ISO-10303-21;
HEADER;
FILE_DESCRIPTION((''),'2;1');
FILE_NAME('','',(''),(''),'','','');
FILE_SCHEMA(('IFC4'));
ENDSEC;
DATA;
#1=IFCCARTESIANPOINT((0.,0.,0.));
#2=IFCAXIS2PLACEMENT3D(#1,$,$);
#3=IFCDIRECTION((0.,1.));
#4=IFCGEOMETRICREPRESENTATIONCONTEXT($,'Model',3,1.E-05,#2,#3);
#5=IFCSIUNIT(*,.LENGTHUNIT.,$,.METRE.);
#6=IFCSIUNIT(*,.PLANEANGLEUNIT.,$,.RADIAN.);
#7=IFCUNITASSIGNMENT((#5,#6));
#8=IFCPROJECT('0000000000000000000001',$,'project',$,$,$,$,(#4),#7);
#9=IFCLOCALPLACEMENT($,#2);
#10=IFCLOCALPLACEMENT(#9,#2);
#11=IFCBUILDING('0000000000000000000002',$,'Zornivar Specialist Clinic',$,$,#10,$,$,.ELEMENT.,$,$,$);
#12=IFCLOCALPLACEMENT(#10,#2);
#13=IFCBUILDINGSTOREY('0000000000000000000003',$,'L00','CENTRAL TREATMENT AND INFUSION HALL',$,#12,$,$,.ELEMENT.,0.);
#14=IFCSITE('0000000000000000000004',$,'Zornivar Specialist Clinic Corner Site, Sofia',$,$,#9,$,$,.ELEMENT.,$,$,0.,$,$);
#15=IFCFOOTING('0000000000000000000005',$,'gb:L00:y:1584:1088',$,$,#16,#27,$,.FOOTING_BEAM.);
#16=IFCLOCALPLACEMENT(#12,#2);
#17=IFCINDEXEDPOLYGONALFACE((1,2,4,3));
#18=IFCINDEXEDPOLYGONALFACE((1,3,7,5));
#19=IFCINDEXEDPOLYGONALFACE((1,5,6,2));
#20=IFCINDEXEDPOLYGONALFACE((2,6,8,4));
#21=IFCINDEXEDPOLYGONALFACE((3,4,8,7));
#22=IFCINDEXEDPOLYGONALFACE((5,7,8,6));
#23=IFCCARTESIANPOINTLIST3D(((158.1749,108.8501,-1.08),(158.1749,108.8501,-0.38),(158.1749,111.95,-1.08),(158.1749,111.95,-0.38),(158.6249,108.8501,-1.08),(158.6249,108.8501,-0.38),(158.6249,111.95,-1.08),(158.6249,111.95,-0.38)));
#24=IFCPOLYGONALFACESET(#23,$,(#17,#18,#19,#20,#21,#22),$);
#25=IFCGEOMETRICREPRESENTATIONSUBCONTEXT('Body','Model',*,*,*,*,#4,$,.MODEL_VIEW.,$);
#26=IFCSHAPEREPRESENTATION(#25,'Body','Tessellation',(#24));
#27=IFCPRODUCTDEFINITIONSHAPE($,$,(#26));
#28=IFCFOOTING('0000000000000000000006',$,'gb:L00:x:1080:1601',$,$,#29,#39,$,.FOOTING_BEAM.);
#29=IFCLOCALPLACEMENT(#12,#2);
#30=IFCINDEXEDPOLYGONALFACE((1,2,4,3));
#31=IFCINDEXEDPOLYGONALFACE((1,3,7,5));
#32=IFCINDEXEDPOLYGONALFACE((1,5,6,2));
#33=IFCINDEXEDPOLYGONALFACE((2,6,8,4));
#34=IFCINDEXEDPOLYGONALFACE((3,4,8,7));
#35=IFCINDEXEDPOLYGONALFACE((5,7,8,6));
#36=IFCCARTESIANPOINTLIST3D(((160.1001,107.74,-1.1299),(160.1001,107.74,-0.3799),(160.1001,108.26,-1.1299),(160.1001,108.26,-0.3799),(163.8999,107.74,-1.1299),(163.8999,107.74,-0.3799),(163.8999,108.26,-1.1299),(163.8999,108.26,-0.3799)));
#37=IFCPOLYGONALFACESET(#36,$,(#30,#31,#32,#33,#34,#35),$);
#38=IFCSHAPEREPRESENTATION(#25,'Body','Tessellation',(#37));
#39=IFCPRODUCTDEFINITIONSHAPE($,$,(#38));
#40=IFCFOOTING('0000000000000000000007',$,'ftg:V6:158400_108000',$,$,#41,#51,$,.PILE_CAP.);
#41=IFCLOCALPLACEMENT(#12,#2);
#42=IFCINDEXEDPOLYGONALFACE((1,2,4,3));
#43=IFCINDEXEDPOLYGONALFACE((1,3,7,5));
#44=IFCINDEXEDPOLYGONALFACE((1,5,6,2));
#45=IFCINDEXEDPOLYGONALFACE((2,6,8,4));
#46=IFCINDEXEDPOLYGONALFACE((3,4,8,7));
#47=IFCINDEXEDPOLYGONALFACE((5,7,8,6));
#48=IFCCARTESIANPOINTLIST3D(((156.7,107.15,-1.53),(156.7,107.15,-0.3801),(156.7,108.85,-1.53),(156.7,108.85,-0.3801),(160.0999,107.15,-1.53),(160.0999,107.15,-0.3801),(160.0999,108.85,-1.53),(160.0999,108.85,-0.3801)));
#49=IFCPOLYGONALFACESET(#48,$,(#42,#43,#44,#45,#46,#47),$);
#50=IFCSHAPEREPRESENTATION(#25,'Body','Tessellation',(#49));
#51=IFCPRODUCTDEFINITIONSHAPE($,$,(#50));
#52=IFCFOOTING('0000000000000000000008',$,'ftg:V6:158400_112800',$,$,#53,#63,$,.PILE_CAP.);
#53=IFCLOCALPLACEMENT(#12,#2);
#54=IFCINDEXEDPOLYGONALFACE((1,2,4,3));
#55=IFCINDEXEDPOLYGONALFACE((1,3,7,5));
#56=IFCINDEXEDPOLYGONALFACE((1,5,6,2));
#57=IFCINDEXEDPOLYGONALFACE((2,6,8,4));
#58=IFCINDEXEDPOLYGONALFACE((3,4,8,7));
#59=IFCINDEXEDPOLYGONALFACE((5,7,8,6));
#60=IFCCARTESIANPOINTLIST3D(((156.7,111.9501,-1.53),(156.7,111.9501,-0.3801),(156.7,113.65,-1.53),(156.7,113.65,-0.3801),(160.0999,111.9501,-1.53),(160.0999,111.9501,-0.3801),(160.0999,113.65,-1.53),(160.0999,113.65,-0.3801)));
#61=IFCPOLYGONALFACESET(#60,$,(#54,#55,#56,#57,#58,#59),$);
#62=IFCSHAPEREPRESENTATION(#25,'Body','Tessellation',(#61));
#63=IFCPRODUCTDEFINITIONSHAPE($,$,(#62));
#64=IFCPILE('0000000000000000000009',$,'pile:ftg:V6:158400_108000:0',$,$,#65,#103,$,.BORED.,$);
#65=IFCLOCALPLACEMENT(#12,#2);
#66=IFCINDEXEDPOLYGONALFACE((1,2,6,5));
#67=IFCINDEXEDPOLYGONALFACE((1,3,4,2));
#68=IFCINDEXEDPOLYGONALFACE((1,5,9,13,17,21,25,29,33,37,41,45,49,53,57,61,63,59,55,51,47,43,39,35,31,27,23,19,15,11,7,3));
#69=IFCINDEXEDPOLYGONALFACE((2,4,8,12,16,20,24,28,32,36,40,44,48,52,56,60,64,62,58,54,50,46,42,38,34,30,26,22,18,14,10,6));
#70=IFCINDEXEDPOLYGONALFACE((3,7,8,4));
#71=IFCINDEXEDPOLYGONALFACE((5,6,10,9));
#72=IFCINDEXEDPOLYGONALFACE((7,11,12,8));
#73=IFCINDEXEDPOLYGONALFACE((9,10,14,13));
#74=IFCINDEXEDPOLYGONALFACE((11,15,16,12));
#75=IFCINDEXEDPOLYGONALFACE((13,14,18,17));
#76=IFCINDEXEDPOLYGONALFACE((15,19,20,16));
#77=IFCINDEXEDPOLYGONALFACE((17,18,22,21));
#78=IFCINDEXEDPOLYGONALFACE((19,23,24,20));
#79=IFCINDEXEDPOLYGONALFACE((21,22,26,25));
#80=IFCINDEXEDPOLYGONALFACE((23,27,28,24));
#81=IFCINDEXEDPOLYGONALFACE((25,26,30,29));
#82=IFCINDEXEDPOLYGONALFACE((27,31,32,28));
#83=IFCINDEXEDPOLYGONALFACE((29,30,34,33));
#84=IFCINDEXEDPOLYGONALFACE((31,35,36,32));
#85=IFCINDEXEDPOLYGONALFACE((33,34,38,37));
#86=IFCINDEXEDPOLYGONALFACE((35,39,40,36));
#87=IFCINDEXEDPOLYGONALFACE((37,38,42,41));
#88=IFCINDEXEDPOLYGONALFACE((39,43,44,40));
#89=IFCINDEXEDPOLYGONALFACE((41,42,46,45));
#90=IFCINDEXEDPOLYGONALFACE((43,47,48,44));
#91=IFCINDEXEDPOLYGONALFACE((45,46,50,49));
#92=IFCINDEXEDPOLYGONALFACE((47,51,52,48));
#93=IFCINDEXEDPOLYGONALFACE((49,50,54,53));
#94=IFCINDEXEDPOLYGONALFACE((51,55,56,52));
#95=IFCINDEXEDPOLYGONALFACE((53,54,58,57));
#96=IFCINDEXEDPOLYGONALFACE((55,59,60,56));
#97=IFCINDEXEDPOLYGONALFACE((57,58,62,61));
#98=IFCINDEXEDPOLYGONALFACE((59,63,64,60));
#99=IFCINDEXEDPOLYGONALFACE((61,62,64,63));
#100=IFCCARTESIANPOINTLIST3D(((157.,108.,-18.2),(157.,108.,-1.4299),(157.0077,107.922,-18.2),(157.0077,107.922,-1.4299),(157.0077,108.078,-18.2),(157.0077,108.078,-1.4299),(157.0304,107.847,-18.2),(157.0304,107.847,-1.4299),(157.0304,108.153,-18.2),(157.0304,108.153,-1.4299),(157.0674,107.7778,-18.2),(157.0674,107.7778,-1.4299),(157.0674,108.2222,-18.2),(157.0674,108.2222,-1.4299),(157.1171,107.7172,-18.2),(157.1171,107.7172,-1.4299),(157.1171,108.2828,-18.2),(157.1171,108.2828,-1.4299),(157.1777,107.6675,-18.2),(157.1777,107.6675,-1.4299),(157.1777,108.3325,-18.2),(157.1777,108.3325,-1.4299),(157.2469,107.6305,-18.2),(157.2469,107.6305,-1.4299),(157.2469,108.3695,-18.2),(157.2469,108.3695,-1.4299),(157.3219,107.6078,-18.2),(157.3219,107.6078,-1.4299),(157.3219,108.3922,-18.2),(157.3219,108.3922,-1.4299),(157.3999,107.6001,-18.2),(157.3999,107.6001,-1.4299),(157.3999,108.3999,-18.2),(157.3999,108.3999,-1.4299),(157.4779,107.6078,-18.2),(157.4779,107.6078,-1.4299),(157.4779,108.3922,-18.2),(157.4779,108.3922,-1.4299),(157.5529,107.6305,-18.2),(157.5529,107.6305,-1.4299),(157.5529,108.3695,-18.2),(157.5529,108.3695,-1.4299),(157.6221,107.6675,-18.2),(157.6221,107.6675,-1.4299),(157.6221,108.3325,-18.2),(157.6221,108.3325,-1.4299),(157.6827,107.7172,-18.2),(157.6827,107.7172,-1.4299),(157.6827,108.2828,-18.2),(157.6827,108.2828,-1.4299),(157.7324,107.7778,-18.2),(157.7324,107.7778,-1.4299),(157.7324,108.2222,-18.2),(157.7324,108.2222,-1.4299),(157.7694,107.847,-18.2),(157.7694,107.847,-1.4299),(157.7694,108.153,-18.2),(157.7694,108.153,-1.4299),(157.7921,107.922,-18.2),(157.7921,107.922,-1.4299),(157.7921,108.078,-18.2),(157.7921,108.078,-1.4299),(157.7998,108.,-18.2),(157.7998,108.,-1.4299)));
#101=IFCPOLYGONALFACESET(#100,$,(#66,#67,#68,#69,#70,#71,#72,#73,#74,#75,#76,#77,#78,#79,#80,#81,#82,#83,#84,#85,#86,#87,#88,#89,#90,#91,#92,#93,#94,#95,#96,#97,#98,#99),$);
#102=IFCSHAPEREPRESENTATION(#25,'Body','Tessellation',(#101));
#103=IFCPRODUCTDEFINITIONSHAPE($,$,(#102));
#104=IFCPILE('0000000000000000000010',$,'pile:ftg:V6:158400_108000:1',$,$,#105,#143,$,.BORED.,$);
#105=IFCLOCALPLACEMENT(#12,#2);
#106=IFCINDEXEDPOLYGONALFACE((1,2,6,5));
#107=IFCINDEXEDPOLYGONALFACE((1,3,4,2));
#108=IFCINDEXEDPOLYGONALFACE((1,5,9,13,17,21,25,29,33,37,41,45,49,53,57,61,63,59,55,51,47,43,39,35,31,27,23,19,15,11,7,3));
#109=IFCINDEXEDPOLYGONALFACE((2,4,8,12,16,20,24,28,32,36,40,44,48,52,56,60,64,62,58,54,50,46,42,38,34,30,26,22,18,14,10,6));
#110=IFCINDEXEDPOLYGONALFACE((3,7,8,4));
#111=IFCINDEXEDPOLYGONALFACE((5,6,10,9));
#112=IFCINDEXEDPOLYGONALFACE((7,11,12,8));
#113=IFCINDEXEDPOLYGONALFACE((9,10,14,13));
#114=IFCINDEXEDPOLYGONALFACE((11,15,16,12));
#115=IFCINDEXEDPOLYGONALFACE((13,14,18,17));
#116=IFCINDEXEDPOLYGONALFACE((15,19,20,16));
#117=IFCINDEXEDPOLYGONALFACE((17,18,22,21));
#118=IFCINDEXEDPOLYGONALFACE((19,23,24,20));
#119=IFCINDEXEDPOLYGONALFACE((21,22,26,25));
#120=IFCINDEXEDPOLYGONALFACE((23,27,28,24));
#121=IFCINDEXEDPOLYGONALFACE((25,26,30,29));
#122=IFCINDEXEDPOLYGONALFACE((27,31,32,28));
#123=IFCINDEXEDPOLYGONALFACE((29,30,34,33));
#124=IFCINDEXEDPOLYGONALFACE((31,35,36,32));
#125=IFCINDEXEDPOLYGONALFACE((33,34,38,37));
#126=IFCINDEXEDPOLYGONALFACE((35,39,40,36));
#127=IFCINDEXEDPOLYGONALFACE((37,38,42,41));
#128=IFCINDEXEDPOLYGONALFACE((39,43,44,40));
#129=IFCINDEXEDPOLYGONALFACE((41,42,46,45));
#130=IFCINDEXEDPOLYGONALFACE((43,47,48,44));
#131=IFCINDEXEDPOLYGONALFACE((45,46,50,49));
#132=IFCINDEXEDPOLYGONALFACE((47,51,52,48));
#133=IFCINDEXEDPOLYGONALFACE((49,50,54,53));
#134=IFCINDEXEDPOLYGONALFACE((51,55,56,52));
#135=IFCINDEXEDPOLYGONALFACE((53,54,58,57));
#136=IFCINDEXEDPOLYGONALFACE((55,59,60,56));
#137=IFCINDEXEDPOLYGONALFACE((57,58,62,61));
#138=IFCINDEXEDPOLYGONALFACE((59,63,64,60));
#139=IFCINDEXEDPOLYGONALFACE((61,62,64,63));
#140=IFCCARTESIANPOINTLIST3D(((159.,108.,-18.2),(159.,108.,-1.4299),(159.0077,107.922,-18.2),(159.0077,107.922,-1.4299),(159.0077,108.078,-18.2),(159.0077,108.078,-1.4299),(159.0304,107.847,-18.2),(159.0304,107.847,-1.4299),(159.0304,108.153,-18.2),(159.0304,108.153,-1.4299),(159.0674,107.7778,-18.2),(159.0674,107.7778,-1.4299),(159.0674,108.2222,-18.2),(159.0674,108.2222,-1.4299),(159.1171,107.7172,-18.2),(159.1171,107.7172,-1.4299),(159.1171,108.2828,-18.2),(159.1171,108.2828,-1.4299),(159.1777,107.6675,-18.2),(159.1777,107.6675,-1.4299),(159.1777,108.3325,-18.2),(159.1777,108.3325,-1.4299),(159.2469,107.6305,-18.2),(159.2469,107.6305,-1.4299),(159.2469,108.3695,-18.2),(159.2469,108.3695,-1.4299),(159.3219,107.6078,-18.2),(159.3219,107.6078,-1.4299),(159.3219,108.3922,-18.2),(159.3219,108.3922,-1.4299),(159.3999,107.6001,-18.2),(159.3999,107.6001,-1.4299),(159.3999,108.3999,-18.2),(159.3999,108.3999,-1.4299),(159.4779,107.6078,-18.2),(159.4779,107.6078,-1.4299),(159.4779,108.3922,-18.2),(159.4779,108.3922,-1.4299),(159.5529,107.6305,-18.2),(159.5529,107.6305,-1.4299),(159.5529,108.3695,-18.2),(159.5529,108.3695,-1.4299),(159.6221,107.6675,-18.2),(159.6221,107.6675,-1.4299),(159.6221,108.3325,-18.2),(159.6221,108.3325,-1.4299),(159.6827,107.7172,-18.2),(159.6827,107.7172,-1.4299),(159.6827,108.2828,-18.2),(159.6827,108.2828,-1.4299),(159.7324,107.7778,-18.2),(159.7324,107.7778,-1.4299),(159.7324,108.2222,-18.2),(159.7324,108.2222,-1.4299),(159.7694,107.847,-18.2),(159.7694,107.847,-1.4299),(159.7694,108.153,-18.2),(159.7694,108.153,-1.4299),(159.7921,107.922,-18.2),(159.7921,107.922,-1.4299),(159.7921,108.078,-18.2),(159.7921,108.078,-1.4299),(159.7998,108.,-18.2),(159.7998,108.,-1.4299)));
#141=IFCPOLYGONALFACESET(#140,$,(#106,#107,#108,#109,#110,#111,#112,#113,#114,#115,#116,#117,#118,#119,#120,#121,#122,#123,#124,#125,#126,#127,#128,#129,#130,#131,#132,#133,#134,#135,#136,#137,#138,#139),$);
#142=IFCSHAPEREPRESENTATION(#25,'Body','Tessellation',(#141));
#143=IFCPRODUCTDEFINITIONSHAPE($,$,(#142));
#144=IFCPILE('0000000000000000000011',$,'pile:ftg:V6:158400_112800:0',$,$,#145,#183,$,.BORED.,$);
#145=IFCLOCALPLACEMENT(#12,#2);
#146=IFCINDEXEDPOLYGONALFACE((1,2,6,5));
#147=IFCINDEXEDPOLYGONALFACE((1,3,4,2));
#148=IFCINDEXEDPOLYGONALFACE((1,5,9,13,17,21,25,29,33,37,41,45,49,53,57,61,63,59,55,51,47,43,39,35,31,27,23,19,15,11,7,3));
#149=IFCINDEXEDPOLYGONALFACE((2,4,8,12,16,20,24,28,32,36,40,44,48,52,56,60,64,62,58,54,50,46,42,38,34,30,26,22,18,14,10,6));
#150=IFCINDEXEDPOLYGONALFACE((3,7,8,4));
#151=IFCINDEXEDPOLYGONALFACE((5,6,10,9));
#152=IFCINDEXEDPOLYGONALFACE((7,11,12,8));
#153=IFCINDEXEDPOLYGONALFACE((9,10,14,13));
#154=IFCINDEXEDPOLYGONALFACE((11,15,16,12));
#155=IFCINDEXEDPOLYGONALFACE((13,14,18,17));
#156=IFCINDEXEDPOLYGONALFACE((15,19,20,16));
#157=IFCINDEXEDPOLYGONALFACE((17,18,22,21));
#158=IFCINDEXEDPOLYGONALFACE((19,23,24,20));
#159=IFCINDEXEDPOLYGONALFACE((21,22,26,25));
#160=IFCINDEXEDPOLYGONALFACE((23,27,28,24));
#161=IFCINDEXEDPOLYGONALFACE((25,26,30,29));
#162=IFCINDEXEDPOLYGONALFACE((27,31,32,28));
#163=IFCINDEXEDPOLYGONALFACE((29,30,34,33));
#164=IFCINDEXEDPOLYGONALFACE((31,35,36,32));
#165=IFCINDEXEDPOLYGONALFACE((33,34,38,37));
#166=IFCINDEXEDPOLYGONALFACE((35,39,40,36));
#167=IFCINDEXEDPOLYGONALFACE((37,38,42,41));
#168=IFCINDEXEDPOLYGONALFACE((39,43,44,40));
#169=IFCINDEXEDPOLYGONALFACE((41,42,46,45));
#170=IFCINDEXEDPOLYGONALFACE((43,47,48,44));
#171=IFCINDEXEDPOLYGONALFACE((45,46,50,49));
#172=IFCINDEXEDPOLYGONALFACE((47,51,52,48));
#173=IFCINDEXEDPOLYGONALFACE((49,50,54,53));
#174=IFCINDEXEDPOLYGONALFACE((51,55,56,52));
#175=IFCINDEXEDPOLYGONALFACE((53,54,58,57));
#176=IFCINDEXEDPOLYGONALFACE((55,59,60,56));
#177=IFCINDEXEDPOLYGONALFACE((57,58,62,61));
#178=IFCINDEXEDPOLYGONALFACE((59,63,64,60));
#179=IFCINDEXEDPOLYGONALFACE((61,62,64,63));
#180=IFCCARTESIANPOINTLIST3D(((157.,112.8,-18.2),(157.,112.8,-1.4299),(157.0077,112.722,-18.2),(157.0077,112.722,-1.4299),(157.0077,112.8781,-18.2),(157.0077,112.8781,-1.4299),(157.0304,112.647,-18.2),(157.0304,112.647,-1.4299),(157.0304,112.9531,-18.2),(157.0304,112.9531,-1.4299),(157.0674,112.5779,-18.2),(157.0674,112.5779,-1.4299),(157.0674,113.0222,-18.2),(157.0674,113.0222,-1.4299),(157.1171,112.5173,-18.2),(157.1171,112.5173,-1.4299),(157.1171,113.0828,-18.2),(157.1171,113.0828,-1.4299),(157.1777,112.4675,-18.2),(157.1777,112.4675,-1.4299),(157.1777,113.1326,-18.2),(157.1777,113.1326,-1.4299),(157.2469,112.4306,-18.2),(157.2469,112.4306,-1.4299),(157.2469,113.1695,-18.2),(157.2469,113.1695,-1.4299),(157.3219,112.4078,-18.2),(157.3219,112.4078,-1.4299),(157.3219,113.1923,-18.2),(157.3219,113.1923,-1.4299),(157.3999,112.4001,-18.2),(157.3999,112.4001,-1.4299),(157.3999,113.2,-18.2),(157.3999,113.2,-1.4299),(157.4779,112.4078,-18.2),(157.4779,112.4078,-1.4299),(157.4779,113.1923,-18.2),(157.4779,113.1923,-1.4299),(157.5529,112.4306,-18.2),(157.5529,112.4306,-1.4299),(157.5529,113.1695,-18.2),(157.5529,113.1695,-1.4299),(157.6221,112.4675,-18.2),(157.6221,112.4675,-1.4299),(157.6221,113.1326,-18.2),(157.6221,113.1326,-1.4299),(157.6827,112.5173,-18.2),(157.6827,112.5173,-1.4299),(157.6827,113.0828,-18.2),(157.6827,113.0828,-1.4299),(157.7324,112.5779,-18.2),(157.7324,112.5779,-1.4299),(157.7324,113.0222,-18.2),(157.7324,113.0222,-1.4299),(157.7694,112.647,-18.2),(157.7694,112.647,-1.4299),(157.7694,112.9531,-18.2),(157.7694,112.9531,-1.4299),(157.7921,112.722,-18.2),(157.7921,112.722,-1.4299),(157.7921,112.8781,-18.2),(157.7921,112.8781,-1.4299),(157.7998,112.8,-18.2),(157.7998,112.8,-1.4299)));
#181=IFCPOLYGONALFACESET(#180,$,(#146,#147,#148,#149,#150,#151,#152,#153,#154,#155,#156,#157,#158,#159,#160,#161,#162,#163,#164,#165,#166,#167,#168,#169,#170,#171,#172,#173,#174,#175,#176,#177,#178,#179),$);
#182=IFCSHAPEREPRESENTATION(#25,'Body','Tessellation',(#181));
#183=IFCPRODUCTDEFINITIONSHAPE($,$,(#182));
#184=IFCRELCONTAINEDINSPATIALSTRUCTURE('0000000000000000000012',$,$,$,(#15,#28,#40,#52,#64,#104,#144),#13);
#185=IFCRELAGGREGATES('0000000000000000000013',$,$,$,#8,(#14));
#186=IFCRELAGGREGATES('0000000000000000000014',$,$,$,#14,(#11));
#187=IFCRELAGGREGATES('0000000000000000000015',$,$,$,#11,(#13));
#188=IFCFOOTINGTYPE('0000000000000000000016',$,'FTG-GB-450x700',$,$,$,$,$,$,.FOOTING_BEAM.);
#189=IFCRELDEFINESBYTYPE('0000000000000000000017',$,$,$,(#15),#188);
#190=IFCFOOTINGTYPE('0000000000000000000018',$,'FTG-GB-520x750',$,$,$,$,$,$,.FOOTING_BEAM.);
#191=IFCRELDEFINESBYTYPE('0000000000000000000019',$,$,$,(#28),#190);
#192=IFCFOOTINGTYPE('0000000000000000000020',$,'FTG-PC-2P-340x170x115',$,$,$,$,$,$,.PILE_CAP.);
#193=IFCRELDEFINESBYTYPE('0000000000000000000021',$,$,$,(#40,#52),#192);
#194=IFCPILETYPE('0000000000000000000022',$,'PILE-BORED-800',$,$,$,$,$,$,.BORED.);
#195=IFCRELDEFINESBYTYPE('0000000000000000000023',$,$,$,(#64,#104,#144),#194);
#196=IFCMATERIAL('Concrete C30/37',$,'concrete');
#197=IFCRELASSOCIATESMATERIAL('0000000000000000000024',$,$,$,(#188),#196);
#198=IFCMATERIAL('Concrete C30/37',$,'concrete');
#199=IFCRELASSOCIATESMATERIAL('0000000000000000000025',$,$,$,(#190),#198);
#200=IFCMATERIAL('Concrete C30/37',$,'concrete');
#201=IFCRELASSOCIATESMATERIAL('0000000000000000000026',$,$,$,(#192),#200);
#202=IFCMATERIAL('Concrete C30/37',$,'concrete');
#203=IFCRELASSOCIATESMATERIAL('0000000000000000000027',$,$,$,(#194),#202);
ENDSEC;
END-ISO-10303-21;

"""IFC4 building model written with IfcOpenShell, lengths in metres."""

from ifc_helpers import new_model, si_unit, direction, frame, origin, origin_2d, place, context, subcontext, project, spatial, rectangle, circle, extrude, material, material_profile, profile_set, type_object, element, save


model = new_model("IFC4")

# Units and contexts
model_context = context("Model", 3, precision=1e-05, world=origin(), true_north=direction((0.0, 1.0)))
body_context = subcontext(model_context, "Body", "Model", "MODEL_VIEW")
ifc_project = project(units=[si_unit("LENGTHUNIT", "METRE"), si_unit("PLANEANGLEUNIT", "RADIAN")], contexts=[model_context])

# Site, building, storey
site_placement = place(None, origin())
site = spatial("IfcSite", under=ifc_project, at=site_placement, Name="Zornivar Specialist Clinic Corner Site, Sofia", CompositionType="ELEMENT", RefElevation=0.0)
building_placement = place(site_placement, origin())
building = spatial("IfcBuilding", under=site, at=building_placement, Name="Zornivar Specialist Clinic", CompositionType="ELEMENT")
storey_placement = place(building_placement, origin())
storey = spatial("IfcBuildingStorey", under=building, at=storey_placement, Name="L00", Description="CENTRAL TREATMENT AND INFUSION HALL", CompositionType="ELEMENT", Elevation=0.0)

# Footings
ifc_material_1 = material(Name="Concrete C30/37", Category="concrete")
ifc_material_profile_1 = material_profile(ifc_material_1, rectangle(XDim=0.45, YDim=0.7, at=origin_2d()), Name="RC 450x700")
ifc_profile_set_1 = profile_set([ifc_material_profile_1], Name="Concrete C30/37")
footing_type_1 = type_object("IfcFootingType", Name="FTG-GB-450x700", PredefinedType="FOOTING_BEAM", material=ifc_profile_set_1)
footing_1_placement = place(storey_placement, frame((158.3999, 108.8501, -0.73), z_axis=(0.0, 1.0, 0.0), x_axis=(-1.0, 0.0, 0.0)))
element("IfcFooting", 1, at=footing_1_placement, inside=storey, type_object=footing_type_1, Name="gb:L00:y:1584:1088", PredefinedType="FOOTING_BEAM", context=body_context, shape_type="SweptSolid", body=[
    extrude(rectangle(XDim=0.45, YDim=0.7, at=origin_2d()), origin(), (0.0, 0.0, 1.0), 3.0999),
])
ifc_material_2 = material(Name="Concrete C30/37", Category="concrete")
ifc_material_profile_2 = material_profile(ifc_material_2, rectangle(XDim=0.52, YDim=0.75, at=origin_2d()), Name="RC 520x750")
ifc_profile_set_2 = profile_set([ifc_material_profile_2], Name="Concrete C30/37")
footing_type_2 = type_object("IfcFootingType", Name="FTG-GB-520x750", PredefinedType="FOOTING_BEAM", material=ifc_profile_set_2)
footing_2_placement = place(storey_placement, frame((160.1001, 108.0, -0.7549), z_axis=(1.0, 0.0, 0.0), x_axis=(0.0, 1.0, 0.0)))
element("IfcFooting", 2, at=footing_2_placement, inside=storey, type_object=footing_type_2, Name="gb:L00:x:1080:1601", PredefinedType="FOOTING_BEAM", context=body_context, shape_type="SweptSolid", body=[
    extrude(rectangle(XDim=0.52, YDim=0.75, at=origin_2d()), origin(), (0.0, 0.0, 1.0), 3.7998),
])
ifc_material_3 = material(Name="Concrete C30/37", Category="concrete")
footing_type_3 = type_object("IfcFootingType", Name="FTG-PC-2P-340x170x115", PredefinedType="PILE_CAP", material=ifc_material_3)
for number, where, z_axis, x_axis, name in (
    (3, (158.3999, 108.0, -1.53), (0.0, 0.0, 1.0), (1.0, 0.0, 0.0), "ftg:V6:158400_108000"),
    (4, (158.3999, 112.8, -1.53), (0.0, 0.0, 1.0), (1.0, 0.0, 0.0), "ftg:V6:158400_112800"),
):
    element("IfcFooting", number, at=place(storey_placement, frame(where, z_axis=z_axis, x_axis=x_axis)), inside=storey, type_object=footing_type_3, Name=name, PredefinedType="PILE_CAP", context=body_context, shape_type="SweptSolid", body=[
        extrude(rectangle(XDim=3.3999, YDim=1.7, at=origin_2d()), origin(), (0.0, 0.0, 1.0), 1.1499),
    ])

# Piles
ifc_material_4 = material(Name="Concrete C30/37", Category="concrete")
ifc_material_profile_3 = material_profile(ifc_material_4, circle(Radius=0.3999, at=origin_2d()), Name="PILE D800")
ifc_profile_set_3 = profile_set([ifc_material_profile_3], Name="Concrete C30/37")
pile_type = type_object("IfcPileType", Name="PILE-BORED-800", PredefinedType="BORED", material=ifc_profile_set_3)
for number, where, z_axis, x_axis, name in (
    (5, (157.3999, 108.0, -1.4299), (0.0, 0.0, -1.0), (1.0, 0.0, 0.0), "pile:ftg:V6:158400_108000:0"),
    (6, (159.3999, 108.0, -1.4299), (0.0, 0.0, -1.0), (1.0, 0.0, 0.0), "pile:ftg:V6:158400_108000:1"),
    (7, (157.3999, 112.8, -1.4299), (0.0, 0.0, -1.0), (1.0, 0.0, 0.0), "pile:ftg:V6:158400_112800:0"),
):
    element("IfcPile", number, at=place(storey_placement, frame(where, z_axis=z_axis, x_axis=x_axis)), inside=storey, type_object=pile_type, Name=name, PredefinedType="BORED", context=body_context, shape_type="SweptSolid", body=[
        extrude(circle(Radius=0.3999, at=origin_2d()), origin(), (0.0, 0.0, 1.0), 16.77),
    ])

save(model, "model.ifc")
